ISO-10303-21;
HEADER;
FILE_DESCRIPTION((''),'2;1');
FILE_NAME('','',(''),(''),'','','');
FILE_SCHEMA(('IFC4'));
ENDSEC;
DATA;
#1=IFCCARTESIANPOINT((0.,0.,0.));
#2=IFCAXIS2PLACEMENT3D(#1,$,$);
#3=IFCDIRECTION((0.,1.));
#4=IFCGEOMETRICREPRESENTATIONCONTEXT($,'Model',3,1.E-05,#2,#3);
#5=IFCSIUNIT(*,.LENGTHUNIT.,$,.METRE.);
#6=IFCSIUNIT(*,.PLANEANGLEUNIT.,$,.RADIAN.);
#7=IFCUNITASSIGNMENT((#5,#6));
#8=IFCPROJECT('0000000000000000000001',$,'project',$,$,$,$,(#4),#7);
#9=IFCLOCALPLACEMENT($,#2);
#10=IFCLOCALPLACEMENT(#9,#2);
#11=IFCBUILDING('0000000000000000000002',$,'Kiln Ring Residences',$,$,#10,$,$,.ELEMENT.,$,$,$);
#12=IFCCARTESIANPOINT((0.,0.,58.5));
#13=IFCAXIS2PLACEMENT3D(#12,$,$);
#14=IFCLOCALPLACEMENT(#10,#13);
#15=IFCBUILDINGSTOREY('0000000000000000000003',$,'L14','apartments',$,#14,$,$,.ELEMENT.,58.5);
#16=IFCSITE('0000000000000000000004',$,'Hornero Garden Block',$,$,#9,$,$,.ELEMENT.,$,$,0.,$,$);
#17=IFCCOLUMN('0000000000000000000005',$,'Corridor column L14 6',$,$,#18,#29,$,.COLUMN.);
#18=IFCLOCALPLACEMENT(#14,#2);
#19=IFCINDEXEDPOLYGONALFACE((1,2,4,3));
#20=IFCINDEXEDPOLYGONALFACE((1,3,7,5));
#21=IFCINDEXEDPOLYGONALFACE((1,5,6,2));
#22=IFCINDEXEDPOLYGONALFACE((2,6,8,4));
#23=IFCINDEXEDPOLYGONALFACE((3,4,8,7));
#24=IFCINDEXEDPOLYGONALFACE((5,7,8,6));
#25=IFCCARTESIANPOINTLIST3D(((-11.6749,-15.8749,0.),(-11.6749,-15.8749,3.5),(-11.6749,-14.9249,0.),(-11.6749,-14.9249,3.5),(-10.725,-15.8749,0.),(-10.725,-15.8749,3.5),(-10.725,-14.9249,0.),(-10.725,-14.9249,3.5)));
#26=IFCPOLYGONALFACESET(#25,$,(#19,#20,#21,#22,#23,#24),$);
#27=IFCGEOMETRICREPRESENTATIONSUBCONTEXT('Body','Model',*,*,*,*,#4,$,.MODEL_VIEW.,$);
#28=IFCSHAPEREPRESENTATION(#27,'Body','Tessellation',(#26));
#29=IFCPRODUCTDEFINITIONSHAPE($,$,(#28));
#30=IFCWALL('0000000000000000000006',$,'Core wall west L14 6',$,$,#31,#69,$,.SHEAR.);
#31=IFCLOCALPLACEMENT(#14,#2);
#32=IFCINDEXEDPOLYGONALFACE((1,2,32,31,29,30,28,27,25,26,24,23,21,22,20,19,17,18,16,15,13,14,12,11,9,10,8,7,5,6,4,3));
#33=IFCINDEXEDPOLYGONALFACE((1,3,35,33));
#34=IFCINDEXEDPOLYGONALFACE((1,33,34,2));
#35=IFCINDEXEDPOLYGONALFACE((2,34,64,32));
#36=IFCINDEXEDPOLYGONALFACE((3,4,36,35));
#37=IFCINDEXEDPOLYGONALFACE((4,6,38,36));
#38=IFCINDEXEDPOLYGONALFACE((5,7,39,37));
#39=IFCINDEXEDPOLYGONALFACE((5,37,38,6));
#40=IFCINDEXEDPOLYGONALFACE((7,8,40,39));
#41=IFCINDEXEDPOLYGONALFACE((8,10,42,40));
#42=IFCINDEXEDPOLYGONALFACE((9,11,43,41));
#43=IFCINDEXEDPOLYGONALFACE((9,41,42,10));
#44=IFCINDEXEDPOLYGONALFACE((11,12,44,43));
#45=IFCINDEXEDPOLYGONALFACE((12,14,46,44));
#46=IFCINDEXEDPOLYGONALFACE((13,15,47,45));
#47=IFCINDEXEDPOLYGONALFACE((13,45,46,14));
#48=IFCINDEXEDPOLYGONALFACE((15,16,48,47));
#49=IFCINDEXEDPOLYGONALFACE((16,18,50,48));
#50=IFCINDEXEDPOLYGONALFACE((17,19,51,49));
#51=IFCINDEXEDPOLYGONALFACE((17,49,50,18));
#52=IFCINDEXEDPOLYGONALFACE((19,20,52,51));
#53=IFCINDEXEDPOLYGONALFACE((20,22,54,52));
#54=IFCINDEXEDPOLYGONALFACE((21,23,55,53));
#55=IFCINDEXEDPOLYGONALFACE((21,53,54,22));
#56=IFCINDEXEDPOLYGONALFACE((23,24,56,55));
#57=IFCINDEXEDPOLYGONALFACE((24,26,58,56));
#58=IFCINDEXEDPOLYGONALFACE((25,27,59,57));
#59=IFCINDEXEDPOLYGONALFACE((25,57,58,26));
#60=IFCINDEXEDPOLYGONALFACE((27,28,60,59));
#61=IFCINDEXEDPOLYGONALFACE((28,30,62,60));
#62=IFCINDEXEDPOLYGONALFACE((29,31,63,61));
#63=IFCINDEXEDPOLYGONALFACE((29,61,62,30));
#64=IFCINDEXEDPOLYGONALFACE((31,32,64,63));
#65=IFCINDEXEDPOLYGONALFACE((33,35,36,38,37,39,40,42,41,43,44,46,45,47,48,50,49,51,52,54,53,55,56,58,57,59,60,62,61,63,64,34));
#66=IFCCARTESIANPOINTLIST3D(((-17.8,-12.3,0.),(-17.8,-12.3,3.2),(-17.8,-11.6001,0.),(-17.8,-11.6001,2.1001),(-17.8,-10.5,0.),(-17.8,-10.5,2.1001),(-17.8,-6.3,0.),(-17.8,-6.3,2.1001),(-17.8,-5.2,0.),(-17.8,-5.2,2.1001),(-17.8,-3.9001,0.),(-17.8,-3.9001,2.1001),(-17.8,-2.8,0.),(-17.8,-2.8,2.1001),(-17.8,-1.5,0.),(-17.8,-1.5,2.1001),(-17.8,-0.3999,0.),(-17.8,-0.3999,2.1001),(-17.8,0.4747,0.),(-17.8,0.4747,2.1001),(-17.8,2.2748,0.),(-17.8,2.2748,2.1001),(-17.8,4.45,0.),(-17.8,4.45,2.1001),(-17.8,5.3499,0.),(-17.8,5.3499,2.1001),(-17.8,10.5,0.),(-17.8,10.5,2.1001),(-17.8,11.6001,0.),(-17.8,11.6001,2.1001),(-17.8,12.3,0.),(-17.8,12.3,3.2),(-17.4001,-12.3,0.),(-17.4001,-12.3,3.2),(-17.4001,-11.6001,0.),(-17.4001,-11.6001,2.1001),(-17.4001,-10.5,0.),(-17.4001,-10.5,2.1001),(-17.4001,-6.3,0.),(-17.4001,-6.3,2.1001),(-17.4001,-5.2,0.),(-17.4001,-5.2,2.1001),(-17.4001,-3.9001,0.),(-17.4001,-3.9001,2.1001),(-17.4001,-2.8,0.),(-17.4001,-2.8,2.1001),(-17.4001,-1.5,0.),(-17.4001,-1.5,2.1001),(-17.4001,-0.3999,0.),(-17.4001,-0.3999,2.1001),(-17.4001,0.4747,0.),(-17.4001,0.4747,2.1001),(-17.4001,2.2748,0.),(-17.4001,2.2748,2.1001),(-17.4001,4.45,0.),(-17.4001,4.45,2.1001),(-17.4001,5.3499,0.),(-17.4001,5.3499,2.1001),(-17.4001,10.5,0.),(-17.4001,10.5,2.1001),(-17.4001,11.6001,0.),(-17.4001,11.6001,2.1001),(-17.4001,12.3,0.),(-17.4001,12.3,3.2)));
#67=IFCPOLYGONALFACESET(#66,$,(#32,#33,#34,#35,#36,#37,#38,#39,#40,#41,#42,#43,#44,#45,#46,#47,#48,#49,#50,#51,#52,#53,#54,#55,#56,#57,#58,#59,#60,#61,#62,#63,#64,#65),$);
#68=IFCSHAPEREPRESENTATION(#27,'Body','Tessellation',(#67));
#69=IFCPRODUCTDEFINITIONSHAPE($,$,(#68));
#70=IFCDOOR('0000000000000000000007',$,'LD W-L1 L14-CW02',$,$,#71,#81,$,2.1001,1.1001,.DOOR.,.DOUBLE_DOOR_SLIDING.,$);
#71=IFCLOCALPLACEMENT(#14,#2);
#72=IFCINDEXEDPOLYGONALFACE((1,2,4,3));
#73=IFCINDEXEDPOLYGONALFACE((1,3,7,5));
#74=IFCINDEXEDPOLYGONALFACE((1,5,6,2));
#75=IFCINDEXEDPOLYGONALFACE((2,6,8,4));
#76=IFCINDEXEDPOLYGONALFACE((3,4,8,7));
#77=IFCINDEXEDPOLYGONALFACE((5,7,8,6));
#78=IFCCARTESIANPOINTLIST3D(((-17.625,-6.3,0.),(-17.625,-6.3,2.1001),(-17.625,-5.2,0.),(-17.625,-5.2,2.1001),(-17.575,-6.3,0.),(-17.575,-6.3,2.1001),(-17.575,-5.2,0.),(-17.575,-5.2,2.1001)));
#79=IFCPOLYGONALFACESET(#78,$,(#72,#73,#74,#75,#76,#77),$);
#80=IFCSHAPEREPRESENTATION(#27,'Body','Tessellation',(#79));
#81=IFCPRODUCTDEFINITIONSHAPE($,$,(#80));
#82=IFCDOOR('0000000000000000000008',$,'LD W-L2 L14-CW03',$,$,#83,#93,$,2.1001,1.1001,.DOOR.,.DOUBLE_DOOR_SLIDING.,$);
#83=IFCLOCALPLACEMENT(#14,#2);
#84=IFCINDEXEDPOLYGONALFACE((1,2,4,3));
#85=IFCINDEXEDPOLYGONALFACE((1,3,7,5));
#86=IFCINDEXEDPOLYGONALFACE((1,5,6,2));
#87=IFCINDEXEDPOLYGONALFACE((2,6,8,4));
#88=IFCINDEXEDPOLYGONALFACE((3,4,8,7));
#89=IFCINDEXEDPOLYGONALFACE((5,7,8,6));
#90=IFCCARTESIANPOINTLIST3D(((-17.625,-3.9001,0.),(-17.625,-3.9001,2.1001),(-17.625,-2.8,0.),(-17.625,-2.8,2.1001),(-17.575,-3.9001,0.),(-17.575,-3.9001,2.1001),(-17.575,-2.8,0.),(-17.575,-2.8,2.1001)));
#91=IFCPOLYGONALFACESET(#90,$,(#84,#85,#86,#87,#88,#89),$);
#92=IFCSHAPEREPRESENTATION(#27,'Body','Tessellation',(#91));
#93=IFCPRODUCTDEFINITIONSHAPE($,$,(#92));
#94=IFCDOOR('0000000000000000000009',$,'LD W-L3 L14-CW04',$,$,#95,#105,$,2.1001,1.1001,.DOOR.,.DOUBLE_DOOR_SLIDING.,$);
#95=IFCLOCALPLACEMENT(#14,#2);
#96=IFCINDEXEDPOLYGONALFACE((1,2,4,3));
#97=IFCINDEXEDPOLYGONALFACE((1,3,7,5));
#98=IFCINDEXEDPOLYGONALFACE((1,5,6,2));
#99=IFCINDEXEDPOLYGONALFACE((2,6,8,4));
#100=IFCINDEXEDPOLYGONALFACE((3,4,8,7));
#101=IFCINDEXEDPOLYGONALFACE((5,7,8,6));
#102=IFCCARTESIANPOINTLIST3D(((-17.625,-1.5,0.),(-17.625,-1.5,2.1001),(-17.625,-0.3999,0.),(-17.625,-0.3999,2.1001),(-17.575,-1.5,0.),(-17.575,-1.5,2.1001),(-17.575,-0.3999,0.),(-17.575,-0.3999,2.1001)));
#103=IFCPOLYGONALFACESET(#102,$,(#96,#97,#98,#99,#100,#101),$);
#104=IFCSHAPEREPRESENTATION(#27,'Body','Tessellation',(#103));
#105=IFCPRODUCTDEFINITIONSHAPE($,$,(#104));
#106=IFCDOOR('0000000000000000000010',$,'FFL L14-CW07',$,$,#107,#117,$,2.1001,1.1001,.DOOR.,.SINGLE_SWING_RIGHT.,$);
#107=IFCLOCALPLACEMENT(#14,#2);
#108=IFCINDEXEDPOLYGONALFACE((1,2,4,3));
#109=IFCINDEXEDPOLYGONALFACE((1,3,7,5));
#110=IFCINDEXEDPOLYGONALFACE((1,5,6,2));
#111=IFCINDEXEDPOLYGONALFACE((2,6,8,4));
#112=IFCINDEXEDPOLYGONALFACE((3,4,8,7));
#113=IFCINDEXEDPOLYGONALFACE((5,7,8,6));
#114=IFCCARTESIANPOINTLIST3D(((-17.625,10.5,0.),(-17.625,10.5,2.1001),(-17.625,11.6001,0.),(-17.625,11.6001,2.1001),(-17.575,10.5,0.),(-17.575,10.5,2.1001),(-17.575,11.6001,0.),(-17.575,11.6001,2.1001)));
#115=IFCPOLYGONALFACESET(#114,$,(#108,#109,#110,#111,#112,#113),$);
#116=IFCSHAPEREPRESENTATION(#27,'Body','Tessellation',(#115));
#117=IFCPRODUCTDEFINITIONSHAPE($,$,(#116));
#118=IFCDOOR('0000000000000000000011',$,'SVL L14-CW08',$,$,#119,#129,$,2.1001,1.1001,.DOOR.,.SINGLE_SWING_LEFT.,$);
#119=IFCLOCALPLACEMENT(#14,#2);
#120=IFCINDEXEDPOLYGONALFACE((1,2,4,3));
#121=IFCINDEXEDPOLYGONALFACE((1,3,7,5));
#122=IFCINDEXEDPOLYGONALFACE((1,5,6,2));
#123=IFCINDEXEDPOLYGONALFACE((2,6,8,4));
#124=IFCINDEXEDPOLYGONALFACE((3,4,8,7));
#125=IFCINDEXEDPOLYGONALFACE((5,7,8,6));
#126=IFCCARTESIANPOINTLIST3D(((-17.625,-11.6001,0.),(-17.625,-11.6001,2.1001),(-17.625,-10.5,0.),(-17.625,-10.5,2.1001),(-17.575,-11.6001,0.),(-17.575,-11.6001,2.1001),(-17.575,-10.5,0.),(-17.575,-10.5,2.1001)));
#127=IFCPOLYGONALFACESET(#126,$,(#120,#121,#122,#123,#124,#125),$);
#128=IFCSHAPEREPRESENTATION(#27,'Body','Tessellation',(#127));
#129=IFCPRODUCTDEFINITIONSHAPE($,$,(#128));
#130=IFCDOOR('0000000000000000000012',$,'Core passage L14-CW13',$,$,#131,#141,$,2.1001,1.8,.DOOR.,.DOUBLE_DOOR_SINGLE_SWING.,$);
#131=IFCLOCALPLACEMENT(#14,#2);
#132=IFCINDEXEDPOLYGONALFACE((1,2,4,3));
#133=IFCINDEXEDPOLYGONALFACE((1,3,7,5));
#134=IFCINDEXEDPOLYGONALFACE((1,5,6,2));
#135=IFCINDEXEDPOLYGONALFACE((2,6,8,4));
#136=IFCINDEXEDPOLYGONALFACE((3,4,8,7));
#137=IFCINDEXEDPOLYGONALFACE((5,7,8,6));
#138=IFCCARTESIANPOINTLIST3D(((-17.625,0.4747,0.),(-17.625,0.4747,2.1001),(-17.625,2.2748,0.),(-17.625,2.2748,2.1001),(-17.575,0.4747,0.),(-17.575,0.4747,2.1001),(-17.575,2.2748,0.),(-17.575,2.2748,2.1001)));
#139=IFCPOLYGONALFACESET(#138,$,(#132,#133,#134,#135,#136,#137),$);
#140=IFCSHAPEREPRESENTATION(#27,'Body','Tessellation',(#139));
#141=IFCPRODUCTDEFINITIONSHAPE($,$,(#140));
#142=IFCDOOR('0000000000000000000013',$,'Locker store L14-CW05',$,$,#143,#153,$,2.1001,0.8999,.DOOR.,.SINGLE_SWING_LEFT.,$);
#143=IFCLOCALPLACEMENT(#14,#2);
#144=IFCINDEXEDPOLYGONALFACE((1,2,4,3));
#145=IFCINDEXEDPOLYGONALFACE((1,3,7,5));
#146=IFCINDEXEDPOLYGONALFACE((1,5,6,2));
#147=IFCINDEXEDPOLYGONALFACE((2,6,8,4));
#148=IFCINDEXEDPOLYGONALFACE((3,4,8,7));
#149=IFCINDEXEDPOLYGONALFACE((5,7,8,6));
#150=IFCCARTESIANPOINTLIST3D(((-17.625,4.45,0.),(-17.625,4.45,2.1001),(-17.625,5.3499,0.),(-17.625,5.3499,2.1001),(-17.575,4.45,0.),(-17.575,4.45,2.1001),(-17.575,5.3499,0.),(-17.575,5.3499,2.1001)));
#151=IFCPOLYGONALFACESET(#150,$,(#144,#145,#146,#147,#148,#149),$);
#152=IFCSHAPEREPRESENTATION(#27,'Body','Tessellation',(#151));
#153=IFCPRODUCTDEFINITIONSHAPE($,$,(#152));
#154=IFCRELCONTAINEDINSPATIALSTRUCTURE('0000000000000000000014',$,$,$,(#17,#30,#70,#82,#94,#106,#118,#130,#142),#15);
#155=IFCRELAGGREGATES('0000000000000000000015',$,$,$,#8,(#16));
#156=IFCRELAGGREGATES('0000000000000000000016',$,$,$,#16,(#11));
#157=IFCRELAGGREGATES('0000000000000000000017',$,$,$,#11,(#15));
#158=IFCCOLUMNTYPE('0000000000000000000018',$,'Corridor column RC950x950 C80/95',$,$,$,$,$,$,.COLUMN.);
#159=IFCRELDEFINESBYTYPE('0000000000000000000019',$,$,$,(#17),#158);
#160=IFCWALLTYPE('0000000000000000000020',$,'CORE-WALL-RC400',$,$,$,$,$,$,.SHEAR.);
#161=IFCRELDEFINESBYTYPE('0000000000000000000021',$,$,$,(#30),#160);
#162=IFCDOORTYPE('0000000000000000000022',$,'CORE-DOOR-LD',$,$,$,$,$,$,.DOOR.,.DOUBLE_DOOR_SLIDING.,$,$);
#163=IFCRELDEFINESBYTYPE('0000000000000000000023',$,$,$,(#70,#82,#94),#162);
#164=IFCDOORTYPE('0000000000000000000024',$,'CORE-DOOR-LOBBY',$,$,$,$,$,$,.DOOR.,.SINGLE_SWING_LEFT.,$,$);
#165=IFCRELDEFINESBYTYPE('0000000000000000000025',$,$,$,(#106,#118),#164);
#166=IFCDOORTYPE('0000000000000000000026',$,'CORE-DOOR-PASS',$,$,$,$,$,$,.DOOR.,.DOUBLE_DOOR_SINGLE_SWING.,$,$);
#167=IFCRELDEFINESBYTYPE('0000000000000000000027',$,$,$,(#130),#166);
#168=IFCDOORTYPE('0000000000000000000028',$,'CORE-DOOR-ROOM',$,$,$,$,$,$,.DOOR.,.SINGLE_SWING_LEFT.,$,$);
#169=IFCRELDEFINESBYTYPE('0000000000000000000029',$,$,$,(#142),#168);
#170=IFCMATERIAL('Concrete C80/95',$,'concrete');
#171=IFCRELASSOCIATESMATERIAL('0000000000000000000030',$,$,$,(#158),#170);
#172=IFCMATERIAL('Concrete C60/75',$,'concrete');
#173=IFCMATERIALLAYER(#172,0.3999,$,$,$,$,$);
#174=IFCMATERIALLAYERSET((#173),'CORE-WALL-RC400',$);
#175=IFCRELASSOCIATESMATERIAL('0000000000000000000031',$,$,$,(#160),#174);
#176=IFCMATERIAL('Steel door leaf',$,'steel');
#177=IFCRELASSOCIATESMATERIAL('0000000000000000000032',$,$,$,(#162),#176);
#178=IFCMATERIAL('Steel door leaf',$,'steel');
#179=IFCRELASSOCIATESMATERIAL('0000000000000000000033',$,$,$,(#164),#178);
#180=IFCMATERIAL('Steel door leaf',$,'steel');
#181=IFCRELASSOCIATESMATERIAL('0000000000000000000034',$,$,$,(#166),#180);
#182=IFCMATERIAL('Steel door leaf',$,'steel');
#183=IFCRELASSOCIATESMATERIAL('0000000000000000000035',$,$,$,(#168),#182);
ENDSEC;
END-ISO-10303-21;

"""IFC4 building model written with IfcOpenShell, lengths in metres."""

from ifc_helpers import new_model, si_unit, direction, frame, frame_2d, origin, origin_2d, place, context, subcontext, project, spatial, rectangle, extrude, material, layer, layer_set, material_profile, profile_set, type_object, element, fill, save


model = new_model("IFC4")

# Units and contexts
model_context = context("Model", 3, precision=1e-05, world=origin(), true_north=direction((0.0, 1.0)))
body_context = subcontext(model_context, "Body", "Model", "MODEL_VIEW")
ifc_project = project(units=[si_unit("LENGTHUNIT", "METRE"), si_unit("PLANEANGLEUNIT", "RADIAN")], contexts=[model_context])

# Site, building, storey
site_placement = place(None, origin())
site = spatial("IfcSite", under=ifc_project, at=site_placement, Name="Hornero Garden Block", CompositionType="ELEMENT", RefElevation=0.0)
building_placement = place(site_placement, origin())
building = spatial("IfcBuilding", under=site, at=building_placement, Name="Kiln Ring Residences", CompositionType="ELEMENT")
storey_placement = place(building_placement, frame((0.0, 0.0, 58.5)))
storey = spatial("IfcBuildingStorey", under=building, at=storey_placement, Name="L14", Description="apartments", CompositionType="ELEMENT", Elevation=58.5)

# Column
ifc_material_1 = material(Name="Concrete C80/95", Category="concrete")
ifc_material_profile = material_profile(ifc_material_1, rectangle(XDim=0.95, YDim=0.95, at=origin_2d()), Name="RC950x950")
ifc_profile_set = profile_set([ifc_material_profile], Name="Concrete C80/95")
column_type = type_object("IfcColumnType", Name="Corridor column RC950x950 C80/95", PredefinedType="COLUMN", material=ifc_profile_set)
column_placement = place(storey_placement, frame((-11.2, -15.3999, 0.0), z_axis=(0.0, 0.0, 1.0), x_axis=(1.0, 0.0, 0.0)))
element("IfcColumn", 1, at=column_placement, inside=storey, type_object=column_type, Name="Corridor column L14 6", PredefinedType="COLUMN", context=body_context, shape_type="SweptSolid", body=[
    extrude(rectangle(XDim=0.95, YDim=0.95, at=origin_2d()), origin(), (0.0, 0.0, 1.0), 3.5),
])

# Wall, openings, doors
ifc_material_2 = material(Name="Concrete C60/75", Category="concrete")
ifc_layer_1 = layer(ifc_material_2, 0.3999)
ifc_layer_set_1 = layer_set([ifc_layer_1], Name="CORE-WALL-RC400")
wall_type_1 = type_object("IfcWallType", Name="CORE-WALL-RC400", PredefinedType="SHEAR", material=ifc_layer_set_1)
wall_1_placement = place(storey_placement, frame((-17.6001, -12.3, 0.0), z_axis=(0.0, 0.0, 1.0), x_axis=(0.0, 1.0, 0.0)))
wall_1 = element("IfcWall", 2, at=wall_1_placement, inside=storey, type_object=wall_type_1, Name="Core wall west L14 6", PredefinedType="SHEAR", context=body_context, shape_type="SweptSolid", body=[
    extrude(rectangle(XDim=24.6001, YDim=0.3999, at=frame_2d((12.3, 0.0))), origin(), (0.0, 0.0, 1.0), 3.2),
])
opening_1_placement = place(wall_1_placement, frame((6.0, 0.0, 0.0)))
opening_1 = element("IfcOpeningElement", 3, at=opening_1_placement, cuts=wall_1, PredefinedType="OPENING", context=body_context, shape_type="SweptSolid", body=[
    extrude(rectangle(XDim=1.1001, YDim=2.1001, at=frame_2d((0.55, 1.05))), frame((0.0, 0.21, 0.0), z_axis=(0.0, -1.0, 0.0), x_axis=(1.0, 0.0, 0.0)), (0.0, 0.0, 1.0), 0.4199),
])
opening_2_placement = place(wall_1_placement, frame((8.3999, 0.0, 0.0)))
opening_2 = element("IfcOpeningElement", 4, at=opening_2_placement, cuts=wall_1, PredefinedType="OPENING", context=body_context, shape_type="SweptSolid", body=[
    extrude(rectangle(XDim=1.1001, YDim=2.1001, at=frame_2d((0.55, 1.05))), frame((0.0, 0.21, 0.0), z_axis=(0.0, -1.0, 0.0), x_axis=(1.0, 0.0, 0.0)), (0.0, 0.0, 1.0), 0.4199),
])
opening_3_placement = place(wall_1_placement, frame((10.8, 0.0, 0.0)))
opening_3 = element("IfcOpeningElement", 5, at=opening_3_placement, cuts=wall_1, PredefinedType="OPENING", context=body_context, shape_type="SweptSolid", body=[
    extrude(rectangle(XDim=1.1001, YDim=2.1001, at=frame_2d((0.55, 1.05))), frame((0.0, 0.21, 0.0), z_axis=(0.0, -1.0, 0.0), x_axis=(1.0, 0.0, 0.0)), (0.0, 0.0, 1.0), 0.4199),
])
opening_4_placement = place(wall_1_placement, frame((16.75, 0.0, 0.0)))
opening_4 = element("IfcOpeningElement", 6, at=opening_4_placement, cuts=wall_1, PredefinedType="OPENING", context=body_context, shape_type="SweptSolid", body=[
    extrude(rectangle(XDim=0.8999, YDim=2.1001, at=frame_2d((0.45, 1.05))), frame((0.0, 0.21, 0.0), z_axis=(0.0, -1.0, 0.0), x_axis=(1.0, 0.0, 0.0)), (0.0, 0.0, 1.0), 0.4199),
])
opening_5_placement = place(wall_1_placement, frame((22.8, 0.0, 0.0)))
opening_5 = element("IfcOpeningElement", 7, at=opening_5_placement, cuts=wall_1, PredefinedType="OPENING", context=body_context, shape_type="SweptSolid", body=[
    extrude(rectangle(XDim=1.1001, YDim=2.1001, at=frame_2d((0.55, 1.05))), frame((0.0, 0.21, 0.0), z_axis=(0.0, -1.0, 0.0), x_axis=(1.0, 0.0, 0.0)), (0.0, 0.0, 1.0), 0.4199),
])
opening_6_placement = place(wall_1_placement, frame((0.7, 0.0, 0.0)))
opening_6 = element("IfcOpeningElement", 8, at=opening_6_placement, cuts=wall_1, PredefinedType="OPENING", context=body_context, shape_type="SweptSolid", body=[
    extrude(rectangle(XDim=1.1001, YDim=2.1001, at=frame_2d((0.55, 1.05))), frame((0.0, 0.21, 0.0), z_axis=(0.0, -1.0, 0.0), x_axis=(1.0, 0.0, 0.0)), (0.0, 0.0, 1.0), 0.4199),
])
opening_7_placement = place(wall_1_placement, frame((12.7749, 0.0, 0.0)))
opening_7 = element("IfcOpeningElement", 9, at=opening_7_placement, cuts=wall_1, PredefinedType="OPENING", context=body_context, shape_type="SweptSolid", body=[
    extrude(rectangle(XDim=1.8, YDim=2.1001, at=frame_2d((0.8999, 1.05))), frame((0.0, 0.21, 0.0), z_axis=(0.0, -1.0, 0.0), x_axis=(1.0, 0.0, 0.0)), (0.0, 0.0, 1.0), 0.4199),
])
ifc_material_3 = material(Name="Steel door leaf", Category="steel")
door_type_1 = type_object("IfcDoorType", Name="CORE-DOOR-LD", OperationType="DOUBLE_DOOR_SLIDING", PredefinedType="DOOR", material=ifc_material_3)
door_1_placement = place(opening_1_placement, origin())
door_1 = element("IfcDoor", 10, at=door_1_placement, inside=storey, type_object=door_type_1, Name="LD W-L1 L14-CW02", OperationType="DOUBLE_DOOR_SLIDING", OverallHeight=2.1001, OverallWidth=1.1001, PredefinedType="DOOR", context=body_context, shape_type="SweptSolid", body=[
    extrude(rectangle(XDim=1.1001, YDim=2.1001, at=frame_2d((0.55, 1.05))), frame((0.0, 0.0249, 0.0), z_axis=(0.0, -1.0, 0.0), x_axis=(1.0, 0.0, 0.0)), (0.0, 0.0, 1.0), 0.05),
])
fill(opening_1, door_1)
door_2_placement = place(opening_2_placement, origin())
door_2 = element("IfcDoor", 11, at=door_2_placement, inside=storey, type_object=door_type_1, Name="LD W-L2 L14-CW03", OperationType="DOUBLE_DOOR_SLIDING", OverallHeight=2.1001, OverallWidth=1.1001, PredefinedType="DOOR", context=body_context, shape_type="SweptSolid", body=[
    extrude(rectangle(XDim=1.1001, YDim=2.1001, at=frame_2d((0.55, 1.05))), frame((0.0, 0.0249, 0.0), z_axis=(0.0, -1.0, 0.0), x_axis=(1.0, 0.0, 0.0)), (0.0, 0.0, 1.0), 0.05),
])
fill(opening_2, door_2)
door_3_placement = place(opening_3_placement, origin())
door_3 = element("IfcDoor", 12, at=door_3_placement, inside=storey, type_object=door_type_1, Name="LD W-L3 L14-CW04", OperationType="DOUBLE_DOOR_SLIDING", OverallHeight=2.1001, OverallWidth=1.1001, PredefinedType="DOOR", context=body_context, shape_type="SweptSolid", body=[
    extrude(rectangle(XDim=1.1001, YDim=2.1001, at=frame_2d((0.55, 1.05))), frame((0.0, 0.0249, 0.0), z_axis=(0.0, -1.0, 0.0), x_axis=(1.0, 0.0, 0.0)), (0.0, 0.0, 1.0), 0.05),
])
fill(opening_3, door_3)
ifc_material_4 = material(Name="Steel door leaf", Category="steel")
door_type_2 = type_object("IfcDoorType", Name="CORE-DOOR-LOBBY", OperationType="SINGLE_SWING_LEFT", PredefinedType="DOOR", material=ifc_material_4)
door_4_placement = place(opening_5_placement, origin())
door_4 = element("IfcDoor", 13, at=door_4_placement, inside=storey, type_object=door_type_2, Name="FFL L14-CW07", OperationType="SINGLE_SWING_RIGHT", OverallHeight=2.1001, OverallWidth=1.1001, PredefinedType="DOOR", context=body_context, shape_type="SweptSolid", body=[
    extrude(rectangle(XDim=1.1001, YDim=2.1001, at=frame_2d((0.55, 1.05))), frame((0.0, 0.0249, 0.0), z_axis=(0.0, -1.0, 0.0), x_axis=(1.0, 0.0, 0.0)), (0.0, 0.0, 1.0), 0.05),
])
fill(opening_5, door_4)
door_5_placement = place(opening_6_placement, origin())
door_5 = element("IfcDoor", 14, at=door_5_placement, inside=storey, type_object=door_type_2, Name="SVL L14-CW08", OperationType="SINGLE_SWING_LEFT", OverallHeight=2.1001, OverallWidth=1.1001, PredefinedType="DOOR", context=body_context, shape_type="SweptSolid", body=[
    extrude(rectangle(XDim=1.1001, YDim=2.1001, at=frame_2d((0.55, 1.05))), frame((0.0, 0.0249, 0.0), z_axis=(0.0, -1.0, 0.0), x_axis=(1.0, 0.0, 0.0)), (0.0, 0.0, 1.0), 0.05),
])
fill(opening_6, door_5)
ifc_material_5 = material(Name="Steel door leaf", Category="steel")
door_type_3 = type_object("IfcDoorType", Name="CORE-DOOR-PASS", OperationType="DOUBLE_DOOR_SINGLE_SWING", PredefinedType="DOOR", material=ifc_material_5)
door_6_placement = place(opening_7_placement, origin())
door_6 = element("IfcDoor", 15, at=door_6_placement, inside=storey, type_object=door_type_3, Name="Core passage L14-CW13", OperationType="DOUBLE_DOOR_SINGLE_SWING", OverallHeight=2.1001, OverallWidth=1.8, PredefinedType="DOOR", context=body_context, shape_type="SweptSolid", body=[
    extrude(rectangle(XDim=1.8, YDim=2.1001, at=frame_2d((0.8999, 1.05))), frame((0.0, 0.0249, 0.0), z_axis=(0.0, -1.0, 0.0), x_axis=(1.0, 0.0, 0.0)), (0.0, 0.0, 1.0), 0.05),
])
fill(opening_7, door_6)
ifc_material_6 = material(Name="Steel door leaf", Category="steel")
door_type_4 = type_object("IfcDoorType", Name="CORE-DOOR-ROOM", OperationType="SINGLE_SWING_LEFT", PredefinedType="DOOR", material=ifc_material_6)
door_7_placement = place(opening_4_placement, origin())
door_7 = element("IfcDoor", 16, at=door_7_placement, inside=storey, type_object=door_type_4, Name="Locker store L14-CW05", OperationType="SINGLE_SWING_LEFT", OverallHeight=2.1001, OverallWidth=0.8999, PredefinedType="DOOR", context=body_context, shape_type="SweptSolid", body=[
    extrude(rectangle(XDim=0.8999, YDim=2.1001, at=frame_2d((0.45, 1.05))), frame((0.0, 0.0249, 0.0), z_axis=(0.0, -1.0, 0.0), x_axis=(1.0, 0.0, 0.0)), (0.0, 0.0, 1.0), 0.05),
])
fill(opening_4, door_7)

save(model, "model.ifc")
